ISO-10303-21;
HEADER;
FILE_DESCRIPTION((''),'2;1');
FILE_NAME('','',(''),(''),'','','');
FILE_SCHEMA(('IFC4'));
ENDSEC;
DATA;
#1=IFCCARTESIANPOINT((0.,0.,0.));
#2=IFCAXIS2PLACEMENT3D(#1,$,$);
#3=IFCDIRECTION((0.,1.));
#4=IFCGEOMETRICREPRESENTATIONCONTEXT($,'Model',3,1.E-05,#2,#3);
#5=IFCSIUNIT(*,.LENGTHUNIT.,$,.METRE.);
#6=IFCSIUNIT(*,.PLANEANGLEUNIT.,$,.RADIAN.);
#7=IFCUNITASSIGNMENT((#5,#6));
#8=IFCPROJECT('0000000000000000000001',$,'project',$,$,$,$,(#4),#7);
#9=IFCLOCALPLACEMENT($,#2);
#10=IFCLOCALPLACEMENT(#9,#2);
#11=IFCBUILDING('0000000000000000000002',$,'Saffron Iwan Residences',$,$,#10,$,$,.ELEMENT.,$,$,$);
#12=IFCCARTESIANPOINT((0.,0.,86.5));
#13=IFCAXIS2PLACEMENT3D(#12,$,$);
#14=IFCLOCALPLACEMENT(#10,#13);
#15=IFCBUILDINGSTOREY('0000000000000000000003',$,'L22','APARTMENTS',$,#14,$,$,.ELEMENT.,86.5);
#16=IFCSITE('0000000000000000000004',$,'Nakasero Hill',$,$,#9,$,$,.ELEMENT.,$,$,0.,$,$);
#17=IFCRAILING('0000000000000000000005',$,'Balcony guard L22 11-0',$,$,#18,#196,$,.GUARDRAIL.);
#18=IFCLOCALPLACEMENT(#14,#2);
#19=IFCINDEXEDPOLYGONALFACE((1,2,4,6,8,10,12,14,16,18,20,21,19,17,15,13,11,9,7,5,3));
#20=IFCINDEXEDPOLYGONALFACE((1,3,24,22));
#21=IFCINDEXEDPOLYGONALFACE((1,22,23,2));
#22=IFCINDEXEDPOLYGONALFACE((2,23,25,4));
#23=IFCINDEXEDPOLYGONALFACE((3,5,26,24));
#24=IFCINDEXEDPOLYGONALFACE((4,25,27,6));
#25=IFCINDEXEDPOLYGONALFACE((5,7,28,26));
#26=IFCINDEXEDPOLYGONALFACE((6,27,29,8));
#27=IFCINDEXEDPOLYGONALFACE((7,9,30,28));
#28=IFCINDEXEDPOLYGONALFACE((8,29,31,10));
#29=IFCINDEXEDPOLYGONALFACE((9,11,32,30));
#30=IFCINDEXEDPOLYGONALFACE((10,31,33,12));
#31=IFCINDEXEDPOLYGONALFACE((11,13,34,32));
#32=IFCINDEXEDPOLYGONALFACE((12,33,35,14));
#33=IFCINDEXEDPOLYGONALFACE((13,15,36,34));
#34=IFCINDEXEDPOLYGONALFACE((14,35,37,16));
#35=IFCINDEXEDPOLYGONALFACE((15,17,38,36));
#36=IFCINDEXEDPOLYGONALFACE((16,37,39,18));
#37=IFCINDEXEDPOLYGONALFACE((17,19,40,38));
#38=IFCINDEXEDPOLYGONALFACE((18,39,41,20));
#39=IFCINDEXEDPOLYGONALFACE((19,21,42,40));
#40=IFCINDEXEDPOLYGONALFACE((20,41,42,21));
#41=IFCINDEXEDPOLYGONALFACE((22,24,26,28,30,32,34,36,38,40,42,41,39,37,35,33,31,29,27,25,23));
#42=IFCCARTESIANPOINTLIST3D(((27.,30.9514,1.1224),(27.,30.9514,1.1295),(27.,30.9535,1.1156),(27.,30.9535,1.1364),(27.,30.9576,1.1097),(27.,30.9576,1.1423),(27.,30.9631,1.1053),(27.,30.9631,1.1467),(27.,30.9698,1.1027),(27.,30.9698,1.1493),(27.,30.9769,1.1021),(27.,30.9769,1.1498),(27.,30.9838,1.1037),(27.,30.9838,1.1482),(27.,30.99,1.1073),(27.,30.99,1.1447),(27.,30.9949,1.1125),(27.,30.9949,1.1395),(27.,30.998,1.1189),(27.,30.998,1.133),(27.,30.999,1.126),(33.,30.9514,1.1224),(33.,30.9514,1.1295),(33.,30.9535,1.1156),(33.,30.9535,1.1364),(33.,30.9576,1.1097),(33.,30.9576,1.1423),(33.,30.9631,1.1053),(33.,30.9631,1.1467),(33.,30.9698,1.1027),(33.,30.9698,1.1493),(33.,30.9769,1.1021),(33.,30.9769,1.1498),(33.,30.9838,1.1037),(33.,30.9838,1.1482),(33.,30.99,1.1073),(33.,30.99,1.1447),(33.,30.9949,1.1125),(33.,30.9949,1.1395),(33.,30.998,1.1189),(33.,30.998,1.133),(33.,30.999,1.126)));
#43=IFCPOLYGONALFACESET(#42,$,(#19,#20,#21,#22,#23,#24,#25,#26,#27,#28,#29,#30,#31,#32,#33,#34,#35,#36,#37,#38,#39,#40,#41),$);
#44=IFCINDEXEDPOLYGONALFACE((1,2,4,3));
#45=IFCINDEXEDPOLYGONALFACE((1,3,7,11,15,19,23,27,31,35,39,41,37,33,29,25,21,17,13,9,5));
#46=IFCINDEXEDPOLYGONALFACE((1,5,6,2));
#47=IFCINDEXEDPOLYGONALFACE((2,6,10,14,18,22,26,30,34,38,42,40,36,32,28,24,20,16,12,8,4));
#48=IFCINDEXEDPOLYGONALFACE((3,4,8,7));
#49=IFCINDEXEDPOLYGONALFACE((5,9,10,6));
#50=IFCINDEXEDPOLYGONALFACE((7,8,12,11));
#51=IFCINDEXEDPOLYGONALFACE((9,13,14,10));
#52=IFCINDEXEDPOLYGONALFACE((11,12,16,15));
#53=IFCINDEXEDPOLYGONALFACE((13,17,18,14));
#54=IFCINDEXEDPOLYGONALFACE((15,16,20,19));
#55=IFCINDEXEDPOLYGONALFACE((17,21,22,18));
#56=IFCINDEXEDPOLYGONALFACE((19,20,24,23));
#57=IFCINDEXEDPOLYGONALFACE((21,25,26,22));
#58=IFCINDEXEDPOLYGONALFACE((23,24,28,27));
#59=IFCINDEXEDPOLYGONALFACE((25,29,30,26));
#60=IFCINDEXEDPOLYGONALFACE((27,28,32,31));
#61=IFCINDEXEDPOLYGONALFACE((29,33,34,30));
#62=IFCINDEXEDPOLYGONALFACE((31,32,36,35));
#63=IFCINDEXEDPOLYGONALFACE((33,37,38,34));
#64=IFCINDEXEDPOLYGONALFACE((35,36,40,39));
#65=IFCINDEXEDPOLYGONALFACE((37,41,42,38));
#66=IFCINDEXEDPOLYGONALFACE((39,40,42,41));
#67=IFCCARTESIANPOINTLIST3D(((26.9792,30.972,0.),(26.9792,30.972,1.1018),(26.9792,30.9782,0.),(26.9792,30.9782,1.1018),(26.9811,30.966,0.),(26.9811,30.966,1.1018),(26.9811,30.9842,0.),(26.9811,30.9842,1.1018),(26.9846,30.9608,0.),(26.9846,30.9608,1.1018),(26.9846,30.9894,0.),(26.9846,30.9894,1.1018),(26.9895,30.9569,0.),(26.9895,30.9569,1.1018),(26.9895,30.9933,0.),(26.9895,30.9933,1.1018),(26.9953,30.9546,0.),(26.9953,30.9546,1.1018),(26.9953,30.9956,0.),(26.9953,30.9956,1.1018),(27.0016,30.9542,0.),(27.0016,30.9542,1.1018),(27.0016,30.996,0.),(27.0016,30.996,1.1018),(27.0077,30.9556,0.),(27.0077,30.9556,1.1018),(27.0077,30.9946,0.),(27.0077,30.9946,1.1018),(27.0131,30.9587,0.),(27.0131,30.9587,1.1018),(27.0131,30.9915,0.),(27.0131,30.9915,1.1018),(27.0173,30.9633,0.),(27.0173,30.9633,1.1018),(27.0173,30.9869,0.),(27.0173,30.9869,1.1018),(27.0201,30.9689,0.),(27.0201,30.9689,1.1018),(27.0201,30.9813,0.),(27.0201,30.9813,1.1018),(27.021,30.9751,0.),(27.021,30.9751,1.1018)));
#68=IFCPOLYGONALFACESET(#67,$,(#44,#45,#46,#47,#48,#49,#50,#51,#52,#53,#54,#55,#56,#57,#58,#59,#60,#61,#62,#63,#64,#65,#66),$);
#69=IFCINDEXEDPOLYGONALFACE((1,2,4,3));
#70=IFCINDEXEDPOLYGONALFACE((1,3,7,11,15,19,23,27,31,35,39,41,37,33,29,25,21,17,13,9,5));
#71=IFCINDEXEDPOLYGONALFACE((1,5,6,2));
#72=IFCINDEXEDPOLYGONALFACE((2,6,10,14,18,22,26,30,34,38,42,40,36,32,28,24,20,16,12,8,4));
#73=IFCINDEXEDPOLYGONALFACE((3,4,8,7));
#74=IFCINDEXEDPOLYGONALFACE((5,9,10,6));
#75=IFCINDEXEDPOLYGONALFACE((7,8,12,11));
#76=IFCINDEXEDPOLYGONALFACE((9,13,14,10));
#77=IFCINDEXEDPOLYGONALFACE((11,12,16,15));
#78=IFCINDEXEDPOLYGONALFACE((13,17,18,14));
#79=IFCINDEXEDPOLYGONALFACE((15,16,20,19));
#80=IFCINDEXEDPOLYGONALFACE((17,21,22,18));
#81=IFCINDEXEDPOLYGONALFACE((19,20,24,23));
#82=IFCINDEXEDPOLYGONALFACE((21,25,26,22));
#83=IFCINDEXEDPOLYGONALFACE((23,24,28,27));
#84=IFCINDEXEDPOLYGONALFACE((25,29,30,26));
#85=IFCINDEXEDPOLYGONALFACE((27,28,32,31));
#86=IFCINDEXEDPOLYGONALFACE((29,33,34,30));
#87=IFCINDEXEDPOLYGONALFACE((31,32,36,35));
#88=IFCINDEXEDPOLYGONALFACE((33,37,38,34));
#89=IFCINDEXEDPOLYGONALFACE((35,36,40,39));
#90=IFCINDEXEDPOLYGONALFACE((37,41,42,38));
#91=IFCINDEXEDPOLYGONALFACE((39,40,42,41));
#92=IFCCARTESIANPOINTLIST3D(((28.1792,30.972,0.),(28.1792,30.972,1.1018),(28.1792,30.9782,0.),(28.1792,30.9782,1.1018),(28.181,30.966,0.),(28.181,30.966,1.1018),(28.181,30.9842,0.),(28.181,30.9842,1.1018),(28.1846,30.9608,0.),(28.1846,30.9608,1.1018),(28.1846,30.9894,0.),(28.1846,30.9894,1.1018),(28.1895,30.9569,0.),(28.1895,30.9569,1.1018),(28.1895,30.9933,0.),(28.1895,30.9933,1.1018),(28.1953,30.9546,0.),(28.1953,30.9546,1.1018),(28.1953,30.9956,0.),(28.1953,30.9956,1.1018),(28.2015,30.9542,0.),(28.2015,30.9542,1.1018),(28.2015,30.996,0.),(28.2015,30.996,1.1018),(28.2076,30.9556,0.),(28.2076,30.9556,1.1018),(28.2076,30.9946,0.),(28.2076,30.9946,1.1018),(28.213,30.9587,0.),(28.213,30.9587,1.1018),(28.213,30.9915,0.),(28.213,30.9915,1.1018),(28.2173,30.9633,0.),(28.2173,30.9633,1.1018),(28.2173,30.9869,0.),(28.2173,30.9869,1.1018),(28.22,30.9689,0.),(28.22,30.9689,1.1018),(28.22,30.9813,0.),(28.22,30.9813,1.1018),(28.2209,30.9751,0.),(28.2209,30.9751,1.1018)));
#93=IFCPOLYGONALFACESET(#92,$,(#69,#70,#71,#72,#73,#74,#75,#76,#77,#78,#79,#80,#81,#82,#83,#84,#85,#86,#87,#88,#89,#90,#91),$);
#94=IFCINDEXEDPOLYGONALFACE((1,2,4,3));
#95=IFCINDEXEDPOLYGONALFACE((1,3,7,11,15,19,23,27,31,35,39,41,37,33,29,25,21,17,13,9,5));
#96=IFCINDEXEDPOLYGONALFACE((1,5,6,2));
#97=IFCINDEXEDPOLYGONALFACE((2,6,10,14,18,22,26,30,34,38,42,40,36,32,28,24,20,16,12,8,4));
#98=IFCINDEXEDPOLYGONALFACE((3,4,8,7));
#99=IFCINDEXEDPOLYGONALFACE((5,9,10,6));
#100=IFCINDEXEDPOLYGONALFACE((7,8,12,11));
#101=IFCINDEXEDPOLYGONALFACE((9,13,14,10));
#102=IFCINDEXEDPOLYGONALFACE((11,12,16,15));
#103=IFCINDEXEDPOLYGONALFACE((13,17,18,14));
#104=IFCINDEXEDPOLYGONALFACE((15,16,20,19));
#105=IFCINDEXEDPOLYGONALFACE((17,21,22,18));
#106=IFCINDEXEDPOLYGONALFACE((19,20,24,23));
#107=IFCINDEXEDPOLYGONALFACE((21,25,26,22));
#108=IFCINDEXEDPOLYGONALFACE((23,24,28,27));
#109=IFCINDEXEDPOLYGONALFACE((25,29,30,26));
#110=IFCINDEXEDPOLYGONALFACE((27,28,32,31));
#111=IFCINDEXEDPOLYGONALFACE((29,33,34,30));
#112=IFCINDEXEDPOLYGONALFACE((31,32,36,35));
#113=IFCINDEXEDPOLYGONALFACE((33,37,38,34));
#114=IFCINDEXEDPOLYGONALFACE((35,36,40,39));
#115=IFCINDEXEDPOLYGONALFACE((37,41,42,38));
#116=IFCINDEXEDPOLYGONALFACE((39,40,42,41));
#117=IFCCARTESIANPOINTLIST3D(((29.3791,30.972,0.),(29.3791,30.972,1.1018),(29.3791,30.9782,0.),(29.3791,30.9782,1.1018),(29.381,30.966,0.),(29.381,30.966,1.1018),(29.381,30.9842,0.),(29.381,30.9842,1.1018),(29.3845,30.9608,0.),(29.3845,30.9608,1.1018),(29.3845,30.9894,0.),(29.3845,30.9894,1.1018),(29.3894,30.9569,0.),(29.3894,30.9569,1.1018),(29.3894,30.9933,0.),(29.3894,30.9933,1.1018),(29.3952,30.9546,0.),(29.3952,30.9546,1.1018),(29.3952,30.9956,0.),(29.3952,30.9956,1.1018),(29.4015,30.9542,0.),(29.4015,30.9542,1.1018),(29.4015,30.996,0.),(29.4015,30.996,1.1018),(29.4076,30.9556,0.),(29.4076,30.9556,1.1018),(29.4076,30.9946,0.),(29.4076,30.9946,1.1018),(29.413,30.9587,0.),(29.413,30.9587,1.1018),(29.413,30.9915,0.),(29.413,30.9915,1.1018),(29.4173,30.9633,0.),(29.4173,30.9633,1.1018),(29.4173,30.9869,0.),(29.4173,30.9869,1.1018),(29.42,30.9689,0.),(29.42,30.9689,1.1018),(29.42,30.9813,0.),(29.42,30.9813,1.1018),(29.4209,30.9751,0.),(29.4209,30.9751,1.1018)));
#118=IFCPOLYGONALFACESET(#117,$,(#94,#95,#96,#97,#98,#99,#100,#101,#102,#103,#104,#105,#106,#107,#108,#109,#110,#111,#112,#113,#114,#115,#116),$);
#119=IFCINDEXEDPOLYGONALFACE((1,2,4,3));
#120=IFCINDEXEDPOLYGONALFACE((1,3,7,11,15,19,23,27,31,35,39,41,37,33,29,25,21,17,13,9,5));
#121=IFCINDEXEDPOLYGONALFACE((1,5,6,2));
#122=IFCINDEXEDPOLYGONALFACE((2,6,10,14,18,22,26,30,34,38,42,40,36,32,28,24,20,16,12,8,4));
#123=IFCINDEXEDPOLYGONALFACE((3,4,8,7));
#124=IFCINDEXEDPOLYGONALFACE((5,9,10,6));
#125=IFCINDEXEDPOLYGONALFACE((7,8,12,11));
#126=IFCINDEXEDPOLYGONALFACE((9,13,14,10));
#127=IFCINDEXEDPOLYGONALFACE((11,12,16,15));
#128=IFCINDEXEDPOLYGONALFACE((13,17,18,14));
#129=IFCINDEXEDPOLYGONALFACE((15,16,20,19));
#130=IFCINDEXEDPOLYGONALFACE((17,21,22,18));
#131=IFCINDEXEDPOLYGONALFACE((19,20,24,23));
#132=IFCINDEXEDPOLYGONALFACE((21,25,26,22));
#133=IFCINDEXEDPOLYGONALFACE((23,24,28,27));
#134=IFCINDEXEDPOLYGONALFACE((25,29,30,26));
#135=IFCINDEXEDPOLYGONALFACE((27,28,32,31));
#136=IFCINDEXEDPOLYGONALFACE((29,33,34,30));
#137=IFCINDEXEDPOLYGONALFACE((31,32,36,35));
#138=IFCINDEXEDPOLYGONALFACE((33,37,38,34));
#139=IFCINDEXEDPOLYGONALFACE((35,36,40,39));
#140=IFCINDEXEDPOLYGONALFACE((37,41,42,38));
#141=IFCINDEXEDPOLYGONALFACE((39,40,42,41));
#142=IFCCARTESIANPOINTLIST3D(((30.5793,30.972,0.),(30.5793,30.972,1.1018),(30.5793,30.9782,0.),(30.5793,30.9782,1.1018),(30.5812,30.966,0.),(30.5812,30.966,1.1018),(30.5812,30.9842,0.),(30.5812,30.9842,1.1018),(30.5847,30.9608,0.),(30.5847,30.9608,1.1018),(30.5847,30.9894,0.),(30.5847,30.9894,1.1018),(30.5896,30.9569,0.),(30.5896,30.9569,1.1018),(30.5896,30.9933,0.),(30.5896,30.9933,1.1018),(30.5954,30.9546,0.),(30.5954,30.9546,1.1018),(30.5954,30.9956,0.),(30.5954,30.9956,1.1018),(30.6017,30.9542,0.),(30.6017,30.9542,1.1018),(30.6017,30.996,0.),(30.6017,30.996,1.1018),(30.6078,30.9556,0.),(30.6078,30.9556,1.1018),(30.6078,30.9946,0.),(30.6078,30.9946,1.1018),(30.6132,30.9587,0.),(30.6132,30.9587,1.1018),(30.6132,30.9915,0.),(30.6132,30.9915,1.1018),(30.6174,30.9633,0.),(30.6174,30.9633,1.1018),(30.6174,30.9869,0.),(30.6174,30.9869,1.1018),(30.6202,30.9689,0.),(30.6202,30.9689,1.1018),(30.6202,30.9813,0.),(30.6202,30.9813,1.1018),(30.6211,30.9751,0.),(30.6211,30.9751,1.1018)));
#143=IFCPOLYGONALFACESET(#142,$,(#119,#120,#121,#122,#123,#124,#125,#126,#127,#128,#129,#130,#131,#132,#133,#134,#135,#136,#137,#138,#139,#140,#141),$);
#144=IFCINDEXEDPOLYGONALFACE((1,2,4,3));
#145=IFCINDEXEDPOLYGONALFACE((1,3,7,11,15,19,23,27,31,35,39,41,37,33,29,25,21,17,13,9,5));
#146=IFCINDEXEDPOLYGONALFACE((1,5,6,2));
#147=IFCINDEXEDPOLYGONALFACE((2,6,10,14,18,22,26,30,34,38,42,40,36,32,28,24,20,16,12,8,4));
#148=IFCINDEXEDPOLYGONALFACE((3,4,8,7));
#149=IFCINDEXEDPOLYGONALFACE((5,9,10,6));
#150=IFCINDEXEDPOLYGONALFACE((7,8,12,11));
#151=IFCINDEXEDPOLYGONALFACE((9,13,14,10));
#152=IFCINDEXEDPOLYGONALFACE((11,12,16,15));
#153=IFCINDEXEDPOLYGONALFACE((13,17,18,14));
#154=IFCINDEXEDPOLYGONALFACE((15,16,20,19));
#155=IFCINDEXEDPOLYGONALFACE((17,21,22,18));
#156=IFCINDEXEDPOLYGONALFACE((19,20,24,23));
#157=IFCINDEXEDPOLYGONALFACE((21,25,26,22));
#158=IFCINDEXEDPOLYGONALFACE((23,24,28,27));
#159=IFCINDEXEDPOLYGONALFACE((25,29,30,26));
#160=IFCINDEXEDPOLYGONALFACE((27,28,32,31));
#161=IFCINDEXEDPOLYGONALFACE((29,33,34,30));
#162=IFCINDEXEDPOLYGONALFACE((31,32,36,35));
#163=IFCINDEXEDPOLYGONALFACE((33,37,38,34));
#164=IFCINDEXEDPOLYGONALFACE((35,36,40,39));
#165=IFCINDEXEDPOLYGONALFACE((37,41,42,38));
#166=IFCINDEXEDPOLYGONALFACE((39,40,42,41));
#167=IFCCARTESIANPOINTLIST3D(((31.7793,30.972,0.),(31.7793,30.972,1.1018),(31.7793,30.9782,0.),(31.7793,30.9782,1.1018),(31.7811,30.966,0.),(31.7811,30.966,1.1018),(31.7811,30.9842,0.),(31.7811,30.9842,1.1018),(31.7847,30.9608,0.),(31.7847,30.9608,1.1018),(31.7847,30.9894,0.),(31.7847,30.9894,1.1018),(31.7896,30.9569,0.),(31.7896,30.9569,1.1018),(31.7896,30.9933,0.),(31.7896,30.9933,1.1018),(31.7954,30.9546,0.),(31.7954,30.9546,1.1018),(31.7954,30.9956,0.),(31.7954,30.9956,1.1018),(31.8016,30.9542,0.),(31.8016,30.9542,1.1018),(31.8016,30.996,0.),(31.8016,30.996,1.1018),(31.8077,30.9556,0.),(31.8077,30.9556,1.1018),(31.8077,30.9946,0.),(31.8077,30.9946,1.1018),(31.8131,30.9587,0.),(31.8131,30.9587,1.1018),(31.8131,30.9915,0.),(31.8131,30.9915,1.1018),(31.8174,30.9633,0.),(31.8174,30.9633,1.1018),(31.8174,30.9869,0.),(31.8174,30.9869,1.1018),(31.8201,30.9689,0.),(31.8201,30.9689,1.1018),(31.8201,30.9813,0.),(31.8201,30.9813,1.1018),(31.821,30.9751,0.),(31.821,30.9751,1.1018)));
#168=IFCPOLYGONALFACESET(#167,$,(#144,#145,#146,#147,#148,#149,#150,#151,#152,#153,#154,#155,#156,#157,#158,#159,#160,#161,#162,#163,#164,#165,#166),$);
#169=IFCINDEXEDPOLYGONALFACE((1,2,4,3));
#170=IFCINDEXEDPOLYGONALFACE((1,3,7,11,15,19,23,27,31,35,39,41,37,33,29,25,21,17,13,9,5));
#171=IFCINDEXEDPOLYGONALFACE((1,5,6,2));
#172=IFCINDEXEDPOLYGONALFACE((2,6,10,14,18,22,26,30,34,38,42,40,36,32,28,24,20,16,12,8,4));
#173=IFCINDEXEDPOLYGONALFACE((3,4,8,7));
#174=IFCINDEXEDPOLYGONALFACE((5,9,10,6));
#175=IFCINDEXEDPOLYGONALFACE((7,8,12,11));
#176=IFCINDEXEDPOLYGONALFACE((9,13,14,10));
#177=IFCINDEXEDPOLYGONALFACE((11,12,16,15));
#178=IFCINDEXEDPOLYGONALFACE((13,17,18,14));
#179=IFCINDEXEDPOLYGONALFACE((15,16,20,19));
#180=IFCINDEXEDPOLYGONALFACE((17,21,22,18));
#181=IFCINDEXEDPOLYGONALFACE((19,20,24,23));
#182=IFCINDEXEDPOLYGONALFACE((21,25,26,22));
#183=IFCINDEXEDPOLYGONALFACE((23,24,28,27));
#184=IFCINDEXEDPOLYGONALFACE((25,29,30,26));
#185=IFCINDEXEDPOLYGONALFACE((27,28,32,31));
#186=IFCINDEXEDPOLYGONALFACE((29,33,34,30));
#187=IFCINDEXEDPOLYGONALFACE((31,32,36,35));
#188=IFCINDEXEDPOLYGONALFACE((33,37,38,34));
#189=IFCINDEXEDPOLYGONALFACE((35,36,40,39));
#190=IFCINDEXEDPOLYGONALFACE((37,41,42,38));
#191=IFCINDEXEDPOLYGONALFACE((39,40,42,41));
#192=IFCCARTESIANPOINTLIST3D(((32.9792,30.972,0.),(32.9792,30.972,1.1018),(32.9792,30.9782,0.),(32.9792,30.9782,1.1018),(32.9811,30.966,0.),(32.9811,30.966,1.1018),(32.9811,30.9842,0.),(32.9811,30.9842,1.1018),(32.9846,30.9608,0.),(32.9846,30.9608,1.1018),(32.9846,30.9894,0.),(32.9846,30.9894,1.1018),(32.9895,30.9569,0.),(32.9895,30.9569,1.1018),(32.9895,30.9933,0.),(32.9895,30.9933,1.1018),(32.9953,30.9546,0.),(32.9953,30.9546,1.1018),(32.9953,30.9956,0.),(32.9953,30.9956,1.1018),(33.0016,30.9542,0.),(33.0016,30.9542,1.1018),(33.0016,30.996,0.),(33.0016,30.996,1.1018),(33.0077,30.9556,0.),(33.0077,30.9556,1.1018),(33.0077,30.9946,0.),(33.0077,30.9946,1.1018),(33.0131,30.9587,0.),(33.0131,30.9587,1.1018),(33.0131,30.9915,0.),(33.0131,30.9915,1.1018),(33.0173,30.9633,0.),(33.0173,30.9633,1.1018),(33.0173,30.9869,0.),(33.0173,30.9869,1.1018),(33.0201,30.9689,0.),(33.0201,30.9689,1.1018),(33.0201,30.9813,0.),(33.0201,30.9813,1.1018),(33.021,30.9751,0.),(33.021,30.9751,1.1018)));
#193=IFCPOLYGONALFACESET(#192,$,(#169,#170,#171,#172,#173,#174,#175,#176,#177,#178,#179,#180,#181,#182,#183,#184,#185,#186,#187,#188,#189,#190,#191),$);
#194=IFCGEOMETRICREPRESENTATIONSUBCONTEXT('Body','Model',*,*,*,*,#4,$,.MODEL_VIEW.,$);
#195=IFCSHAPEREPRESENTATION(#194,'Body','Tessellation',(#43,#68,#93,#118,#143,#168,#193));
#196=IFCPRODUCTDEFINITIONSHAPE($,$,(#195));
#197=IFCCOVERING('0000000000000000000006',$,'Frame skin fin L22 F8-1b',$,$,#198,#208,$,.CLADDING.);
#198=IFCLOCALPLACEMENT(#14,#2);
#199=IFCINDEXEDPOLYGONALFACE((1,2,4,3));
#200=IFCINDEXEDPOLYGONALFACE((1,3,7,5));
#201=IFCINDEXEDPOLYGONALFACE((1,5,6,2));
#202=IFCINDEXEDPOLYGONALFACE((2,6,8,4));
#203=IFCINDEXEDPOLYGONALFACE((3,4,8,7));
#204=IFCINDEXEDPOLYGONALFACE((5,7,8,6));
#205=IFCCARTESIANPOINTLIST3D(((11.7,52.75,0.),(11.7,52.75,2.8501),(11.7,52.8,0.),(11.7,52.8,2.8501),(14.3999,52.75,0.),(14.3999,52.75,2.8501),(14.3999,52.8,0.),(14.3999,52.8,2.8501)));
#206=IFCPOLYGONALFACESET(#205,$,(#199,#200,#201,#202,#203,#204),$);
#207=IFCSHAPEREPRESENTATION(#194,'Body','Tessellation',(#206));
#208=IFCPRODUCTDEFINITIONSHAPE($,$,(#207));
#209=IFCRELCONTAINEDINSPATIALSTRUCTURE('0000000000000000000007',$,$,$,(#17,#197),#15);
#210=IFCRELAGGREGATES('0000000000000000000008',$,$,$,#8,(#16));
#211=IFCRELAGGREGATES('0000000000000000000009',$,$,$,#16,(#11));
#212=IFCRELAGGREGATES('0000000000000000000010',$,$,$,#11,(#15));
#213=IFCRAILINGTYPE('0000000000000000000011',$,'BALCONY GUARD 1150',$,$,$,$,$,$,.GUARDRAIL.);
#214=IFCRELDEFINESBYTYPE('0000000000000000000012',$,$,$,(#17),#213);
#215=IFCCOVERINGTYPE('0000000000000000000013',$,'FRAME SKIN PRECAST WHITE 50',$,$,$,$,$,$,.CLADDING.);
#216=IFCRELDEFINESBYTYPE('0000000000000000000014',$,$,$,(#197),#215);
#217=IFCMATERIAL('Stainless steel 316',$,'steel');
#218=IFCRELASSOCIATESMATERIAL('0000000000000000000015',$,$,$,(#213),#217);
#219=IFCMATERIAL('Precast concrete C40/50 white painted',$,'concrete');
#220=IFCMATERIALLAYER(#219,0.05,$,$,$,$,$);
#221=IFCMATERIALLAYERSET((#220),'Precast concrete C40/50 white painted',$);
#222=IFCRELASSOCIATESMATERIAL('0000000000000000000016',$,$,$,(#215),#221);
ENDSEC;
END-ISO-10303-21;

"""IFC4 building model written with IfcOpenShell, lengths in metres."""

from ifc_helpers import new_model, si_unit, direction, frame, origin, origin_2d, place, context, subcontext, project, spatial, polyline, circle, outline, extrude, material, layer, layer_set, type_object, element, save


model = new_model("IFC4")

# Units and contexts
model_context = context("Model", 3, precision=1e-05, world=origin(), true_north=direction((0.0, 1.0)))
body_context = subcontext(model_context, "Body", "Model", "MODEL_VIEW")
ifc_project = project(units=[si_unit("LENGTHUNIT", "METRE"), si_unit("PLANEANGLEUNIT", "RADIAN")], contexts=[model_context])

# Site, building, storey
site_placement = place(None, origin())
site = spatial("IfcSite", under=ifc_project, at=site_placement, Name="Nakasero Hill", CompositionType="ELEMENT", RefElevation=0.0)
building_placement = place(site_placement, origin())
building = spatial("IfcBuilding", under=site, at=building_placement, Name="Saffron Iwan Residences", CompositionType="ELEMENT")
storey_placement = place(building_placement, frame((0.0, 0.0, 86.5)))
storey = spatial("IfcBuildingStorey", under=building, at=storey_placement, Name="L22", Description="APARTMENTS", CompositionType="ELEMENT", Elevation=86.5)

# Railing
ifc_material_1 = material(Name="Stainless steel 316", Category="steel")
railing_type = type_object("IfcRailingType", Name="BALCONY GUARD 1150", PredefinedType="GUARDRAIL", material=ifc_material_1)
railing_placement = place(storey_placement, frame((27.0, 30.9751, 0.0)))
element("IfcRailing", 1, at=railing_placement, inside=storey, type_object=railing_type, Name="Balcony guard L22 11-0", PredefinedType="GUARDRAIL", context=body_context, shape_type="SweptSolid", body=[
    extrude(circle(Radius=0.0239, at=origin_2d()), frame((0.0, 0.0, 1.126), z_axis=(1.0, 0.0, 0.0), x_axis=(0.0, 1.0, 0.0)), (0.0, 0.0, 1.0), 6.0),
    extrude(circle(Radius=0.021, at=origin_2d()), origin(), (0.0, 0.0, 1.0), 1.1018),
    extrude(circle(Radius=0.021, at=origin_2d()), frame((1.2, 0.0, 0.0)), (0.0, 0.0, 1.0), 1.1018),
    extrude(circle(Radius=0.021, at=origin_2d()), frame((2.3999, 0.0, 0.0)), (0.0, 0.0, 1.0), 1.1018),
    extrude(circle(Radius=0.021, at=origin_2d()), frame((3.6001, 0.0, 0.0)), (0.0, 0.0, 1.0), 1.1018),
    extrude(circle(Radius=0.021, at=origin_2d()), frame((4.8, 0.0, 0.0)), (0.0, 0.0, 1.0), 1.1018),
    extrude(circle(Radius=0.021, at=origin_2d()), frame((6.0, 0.0, 0.0)), (0.0, 0.0, 1.0), 1.1018),
])

# Covering
ifc_material_2 = material(Name="Precast concrete C40/50 white painted", Category="concrete")
ifc_layer_1 = layer(ifc_material_2, 0.05)
ifc_layer_set_1 = layer_set([ifc_layer_1], Name="Precast concrete C40/50 white painted")
covering_type = type_object("IfcCoveringType", Name="FRAME SKIN PRECAST WHITE 50", PredefinedType="CLADDING", material=ifc_layer_set_1)
covering_1_placement = place(storey_placement, origin())
element("IfcCovering", 2, at=covering_1_placement, inside=storey, type_object=covering_type, Name="Frame skin fin L22 F8-1b", PredefinedType="CLADDING", context=body_context, shape_type="SweptSolid", body=[
    extrude(outline(polyline([(11.7, 52.8), (11.7, 52.75), (14.3999, 52.75), (14.3999, 52.8), (11.7, 52.8)])), origin(), (0.0, 0.0, 1.0), 2.8501),
])

save(model, "model.ifc")
